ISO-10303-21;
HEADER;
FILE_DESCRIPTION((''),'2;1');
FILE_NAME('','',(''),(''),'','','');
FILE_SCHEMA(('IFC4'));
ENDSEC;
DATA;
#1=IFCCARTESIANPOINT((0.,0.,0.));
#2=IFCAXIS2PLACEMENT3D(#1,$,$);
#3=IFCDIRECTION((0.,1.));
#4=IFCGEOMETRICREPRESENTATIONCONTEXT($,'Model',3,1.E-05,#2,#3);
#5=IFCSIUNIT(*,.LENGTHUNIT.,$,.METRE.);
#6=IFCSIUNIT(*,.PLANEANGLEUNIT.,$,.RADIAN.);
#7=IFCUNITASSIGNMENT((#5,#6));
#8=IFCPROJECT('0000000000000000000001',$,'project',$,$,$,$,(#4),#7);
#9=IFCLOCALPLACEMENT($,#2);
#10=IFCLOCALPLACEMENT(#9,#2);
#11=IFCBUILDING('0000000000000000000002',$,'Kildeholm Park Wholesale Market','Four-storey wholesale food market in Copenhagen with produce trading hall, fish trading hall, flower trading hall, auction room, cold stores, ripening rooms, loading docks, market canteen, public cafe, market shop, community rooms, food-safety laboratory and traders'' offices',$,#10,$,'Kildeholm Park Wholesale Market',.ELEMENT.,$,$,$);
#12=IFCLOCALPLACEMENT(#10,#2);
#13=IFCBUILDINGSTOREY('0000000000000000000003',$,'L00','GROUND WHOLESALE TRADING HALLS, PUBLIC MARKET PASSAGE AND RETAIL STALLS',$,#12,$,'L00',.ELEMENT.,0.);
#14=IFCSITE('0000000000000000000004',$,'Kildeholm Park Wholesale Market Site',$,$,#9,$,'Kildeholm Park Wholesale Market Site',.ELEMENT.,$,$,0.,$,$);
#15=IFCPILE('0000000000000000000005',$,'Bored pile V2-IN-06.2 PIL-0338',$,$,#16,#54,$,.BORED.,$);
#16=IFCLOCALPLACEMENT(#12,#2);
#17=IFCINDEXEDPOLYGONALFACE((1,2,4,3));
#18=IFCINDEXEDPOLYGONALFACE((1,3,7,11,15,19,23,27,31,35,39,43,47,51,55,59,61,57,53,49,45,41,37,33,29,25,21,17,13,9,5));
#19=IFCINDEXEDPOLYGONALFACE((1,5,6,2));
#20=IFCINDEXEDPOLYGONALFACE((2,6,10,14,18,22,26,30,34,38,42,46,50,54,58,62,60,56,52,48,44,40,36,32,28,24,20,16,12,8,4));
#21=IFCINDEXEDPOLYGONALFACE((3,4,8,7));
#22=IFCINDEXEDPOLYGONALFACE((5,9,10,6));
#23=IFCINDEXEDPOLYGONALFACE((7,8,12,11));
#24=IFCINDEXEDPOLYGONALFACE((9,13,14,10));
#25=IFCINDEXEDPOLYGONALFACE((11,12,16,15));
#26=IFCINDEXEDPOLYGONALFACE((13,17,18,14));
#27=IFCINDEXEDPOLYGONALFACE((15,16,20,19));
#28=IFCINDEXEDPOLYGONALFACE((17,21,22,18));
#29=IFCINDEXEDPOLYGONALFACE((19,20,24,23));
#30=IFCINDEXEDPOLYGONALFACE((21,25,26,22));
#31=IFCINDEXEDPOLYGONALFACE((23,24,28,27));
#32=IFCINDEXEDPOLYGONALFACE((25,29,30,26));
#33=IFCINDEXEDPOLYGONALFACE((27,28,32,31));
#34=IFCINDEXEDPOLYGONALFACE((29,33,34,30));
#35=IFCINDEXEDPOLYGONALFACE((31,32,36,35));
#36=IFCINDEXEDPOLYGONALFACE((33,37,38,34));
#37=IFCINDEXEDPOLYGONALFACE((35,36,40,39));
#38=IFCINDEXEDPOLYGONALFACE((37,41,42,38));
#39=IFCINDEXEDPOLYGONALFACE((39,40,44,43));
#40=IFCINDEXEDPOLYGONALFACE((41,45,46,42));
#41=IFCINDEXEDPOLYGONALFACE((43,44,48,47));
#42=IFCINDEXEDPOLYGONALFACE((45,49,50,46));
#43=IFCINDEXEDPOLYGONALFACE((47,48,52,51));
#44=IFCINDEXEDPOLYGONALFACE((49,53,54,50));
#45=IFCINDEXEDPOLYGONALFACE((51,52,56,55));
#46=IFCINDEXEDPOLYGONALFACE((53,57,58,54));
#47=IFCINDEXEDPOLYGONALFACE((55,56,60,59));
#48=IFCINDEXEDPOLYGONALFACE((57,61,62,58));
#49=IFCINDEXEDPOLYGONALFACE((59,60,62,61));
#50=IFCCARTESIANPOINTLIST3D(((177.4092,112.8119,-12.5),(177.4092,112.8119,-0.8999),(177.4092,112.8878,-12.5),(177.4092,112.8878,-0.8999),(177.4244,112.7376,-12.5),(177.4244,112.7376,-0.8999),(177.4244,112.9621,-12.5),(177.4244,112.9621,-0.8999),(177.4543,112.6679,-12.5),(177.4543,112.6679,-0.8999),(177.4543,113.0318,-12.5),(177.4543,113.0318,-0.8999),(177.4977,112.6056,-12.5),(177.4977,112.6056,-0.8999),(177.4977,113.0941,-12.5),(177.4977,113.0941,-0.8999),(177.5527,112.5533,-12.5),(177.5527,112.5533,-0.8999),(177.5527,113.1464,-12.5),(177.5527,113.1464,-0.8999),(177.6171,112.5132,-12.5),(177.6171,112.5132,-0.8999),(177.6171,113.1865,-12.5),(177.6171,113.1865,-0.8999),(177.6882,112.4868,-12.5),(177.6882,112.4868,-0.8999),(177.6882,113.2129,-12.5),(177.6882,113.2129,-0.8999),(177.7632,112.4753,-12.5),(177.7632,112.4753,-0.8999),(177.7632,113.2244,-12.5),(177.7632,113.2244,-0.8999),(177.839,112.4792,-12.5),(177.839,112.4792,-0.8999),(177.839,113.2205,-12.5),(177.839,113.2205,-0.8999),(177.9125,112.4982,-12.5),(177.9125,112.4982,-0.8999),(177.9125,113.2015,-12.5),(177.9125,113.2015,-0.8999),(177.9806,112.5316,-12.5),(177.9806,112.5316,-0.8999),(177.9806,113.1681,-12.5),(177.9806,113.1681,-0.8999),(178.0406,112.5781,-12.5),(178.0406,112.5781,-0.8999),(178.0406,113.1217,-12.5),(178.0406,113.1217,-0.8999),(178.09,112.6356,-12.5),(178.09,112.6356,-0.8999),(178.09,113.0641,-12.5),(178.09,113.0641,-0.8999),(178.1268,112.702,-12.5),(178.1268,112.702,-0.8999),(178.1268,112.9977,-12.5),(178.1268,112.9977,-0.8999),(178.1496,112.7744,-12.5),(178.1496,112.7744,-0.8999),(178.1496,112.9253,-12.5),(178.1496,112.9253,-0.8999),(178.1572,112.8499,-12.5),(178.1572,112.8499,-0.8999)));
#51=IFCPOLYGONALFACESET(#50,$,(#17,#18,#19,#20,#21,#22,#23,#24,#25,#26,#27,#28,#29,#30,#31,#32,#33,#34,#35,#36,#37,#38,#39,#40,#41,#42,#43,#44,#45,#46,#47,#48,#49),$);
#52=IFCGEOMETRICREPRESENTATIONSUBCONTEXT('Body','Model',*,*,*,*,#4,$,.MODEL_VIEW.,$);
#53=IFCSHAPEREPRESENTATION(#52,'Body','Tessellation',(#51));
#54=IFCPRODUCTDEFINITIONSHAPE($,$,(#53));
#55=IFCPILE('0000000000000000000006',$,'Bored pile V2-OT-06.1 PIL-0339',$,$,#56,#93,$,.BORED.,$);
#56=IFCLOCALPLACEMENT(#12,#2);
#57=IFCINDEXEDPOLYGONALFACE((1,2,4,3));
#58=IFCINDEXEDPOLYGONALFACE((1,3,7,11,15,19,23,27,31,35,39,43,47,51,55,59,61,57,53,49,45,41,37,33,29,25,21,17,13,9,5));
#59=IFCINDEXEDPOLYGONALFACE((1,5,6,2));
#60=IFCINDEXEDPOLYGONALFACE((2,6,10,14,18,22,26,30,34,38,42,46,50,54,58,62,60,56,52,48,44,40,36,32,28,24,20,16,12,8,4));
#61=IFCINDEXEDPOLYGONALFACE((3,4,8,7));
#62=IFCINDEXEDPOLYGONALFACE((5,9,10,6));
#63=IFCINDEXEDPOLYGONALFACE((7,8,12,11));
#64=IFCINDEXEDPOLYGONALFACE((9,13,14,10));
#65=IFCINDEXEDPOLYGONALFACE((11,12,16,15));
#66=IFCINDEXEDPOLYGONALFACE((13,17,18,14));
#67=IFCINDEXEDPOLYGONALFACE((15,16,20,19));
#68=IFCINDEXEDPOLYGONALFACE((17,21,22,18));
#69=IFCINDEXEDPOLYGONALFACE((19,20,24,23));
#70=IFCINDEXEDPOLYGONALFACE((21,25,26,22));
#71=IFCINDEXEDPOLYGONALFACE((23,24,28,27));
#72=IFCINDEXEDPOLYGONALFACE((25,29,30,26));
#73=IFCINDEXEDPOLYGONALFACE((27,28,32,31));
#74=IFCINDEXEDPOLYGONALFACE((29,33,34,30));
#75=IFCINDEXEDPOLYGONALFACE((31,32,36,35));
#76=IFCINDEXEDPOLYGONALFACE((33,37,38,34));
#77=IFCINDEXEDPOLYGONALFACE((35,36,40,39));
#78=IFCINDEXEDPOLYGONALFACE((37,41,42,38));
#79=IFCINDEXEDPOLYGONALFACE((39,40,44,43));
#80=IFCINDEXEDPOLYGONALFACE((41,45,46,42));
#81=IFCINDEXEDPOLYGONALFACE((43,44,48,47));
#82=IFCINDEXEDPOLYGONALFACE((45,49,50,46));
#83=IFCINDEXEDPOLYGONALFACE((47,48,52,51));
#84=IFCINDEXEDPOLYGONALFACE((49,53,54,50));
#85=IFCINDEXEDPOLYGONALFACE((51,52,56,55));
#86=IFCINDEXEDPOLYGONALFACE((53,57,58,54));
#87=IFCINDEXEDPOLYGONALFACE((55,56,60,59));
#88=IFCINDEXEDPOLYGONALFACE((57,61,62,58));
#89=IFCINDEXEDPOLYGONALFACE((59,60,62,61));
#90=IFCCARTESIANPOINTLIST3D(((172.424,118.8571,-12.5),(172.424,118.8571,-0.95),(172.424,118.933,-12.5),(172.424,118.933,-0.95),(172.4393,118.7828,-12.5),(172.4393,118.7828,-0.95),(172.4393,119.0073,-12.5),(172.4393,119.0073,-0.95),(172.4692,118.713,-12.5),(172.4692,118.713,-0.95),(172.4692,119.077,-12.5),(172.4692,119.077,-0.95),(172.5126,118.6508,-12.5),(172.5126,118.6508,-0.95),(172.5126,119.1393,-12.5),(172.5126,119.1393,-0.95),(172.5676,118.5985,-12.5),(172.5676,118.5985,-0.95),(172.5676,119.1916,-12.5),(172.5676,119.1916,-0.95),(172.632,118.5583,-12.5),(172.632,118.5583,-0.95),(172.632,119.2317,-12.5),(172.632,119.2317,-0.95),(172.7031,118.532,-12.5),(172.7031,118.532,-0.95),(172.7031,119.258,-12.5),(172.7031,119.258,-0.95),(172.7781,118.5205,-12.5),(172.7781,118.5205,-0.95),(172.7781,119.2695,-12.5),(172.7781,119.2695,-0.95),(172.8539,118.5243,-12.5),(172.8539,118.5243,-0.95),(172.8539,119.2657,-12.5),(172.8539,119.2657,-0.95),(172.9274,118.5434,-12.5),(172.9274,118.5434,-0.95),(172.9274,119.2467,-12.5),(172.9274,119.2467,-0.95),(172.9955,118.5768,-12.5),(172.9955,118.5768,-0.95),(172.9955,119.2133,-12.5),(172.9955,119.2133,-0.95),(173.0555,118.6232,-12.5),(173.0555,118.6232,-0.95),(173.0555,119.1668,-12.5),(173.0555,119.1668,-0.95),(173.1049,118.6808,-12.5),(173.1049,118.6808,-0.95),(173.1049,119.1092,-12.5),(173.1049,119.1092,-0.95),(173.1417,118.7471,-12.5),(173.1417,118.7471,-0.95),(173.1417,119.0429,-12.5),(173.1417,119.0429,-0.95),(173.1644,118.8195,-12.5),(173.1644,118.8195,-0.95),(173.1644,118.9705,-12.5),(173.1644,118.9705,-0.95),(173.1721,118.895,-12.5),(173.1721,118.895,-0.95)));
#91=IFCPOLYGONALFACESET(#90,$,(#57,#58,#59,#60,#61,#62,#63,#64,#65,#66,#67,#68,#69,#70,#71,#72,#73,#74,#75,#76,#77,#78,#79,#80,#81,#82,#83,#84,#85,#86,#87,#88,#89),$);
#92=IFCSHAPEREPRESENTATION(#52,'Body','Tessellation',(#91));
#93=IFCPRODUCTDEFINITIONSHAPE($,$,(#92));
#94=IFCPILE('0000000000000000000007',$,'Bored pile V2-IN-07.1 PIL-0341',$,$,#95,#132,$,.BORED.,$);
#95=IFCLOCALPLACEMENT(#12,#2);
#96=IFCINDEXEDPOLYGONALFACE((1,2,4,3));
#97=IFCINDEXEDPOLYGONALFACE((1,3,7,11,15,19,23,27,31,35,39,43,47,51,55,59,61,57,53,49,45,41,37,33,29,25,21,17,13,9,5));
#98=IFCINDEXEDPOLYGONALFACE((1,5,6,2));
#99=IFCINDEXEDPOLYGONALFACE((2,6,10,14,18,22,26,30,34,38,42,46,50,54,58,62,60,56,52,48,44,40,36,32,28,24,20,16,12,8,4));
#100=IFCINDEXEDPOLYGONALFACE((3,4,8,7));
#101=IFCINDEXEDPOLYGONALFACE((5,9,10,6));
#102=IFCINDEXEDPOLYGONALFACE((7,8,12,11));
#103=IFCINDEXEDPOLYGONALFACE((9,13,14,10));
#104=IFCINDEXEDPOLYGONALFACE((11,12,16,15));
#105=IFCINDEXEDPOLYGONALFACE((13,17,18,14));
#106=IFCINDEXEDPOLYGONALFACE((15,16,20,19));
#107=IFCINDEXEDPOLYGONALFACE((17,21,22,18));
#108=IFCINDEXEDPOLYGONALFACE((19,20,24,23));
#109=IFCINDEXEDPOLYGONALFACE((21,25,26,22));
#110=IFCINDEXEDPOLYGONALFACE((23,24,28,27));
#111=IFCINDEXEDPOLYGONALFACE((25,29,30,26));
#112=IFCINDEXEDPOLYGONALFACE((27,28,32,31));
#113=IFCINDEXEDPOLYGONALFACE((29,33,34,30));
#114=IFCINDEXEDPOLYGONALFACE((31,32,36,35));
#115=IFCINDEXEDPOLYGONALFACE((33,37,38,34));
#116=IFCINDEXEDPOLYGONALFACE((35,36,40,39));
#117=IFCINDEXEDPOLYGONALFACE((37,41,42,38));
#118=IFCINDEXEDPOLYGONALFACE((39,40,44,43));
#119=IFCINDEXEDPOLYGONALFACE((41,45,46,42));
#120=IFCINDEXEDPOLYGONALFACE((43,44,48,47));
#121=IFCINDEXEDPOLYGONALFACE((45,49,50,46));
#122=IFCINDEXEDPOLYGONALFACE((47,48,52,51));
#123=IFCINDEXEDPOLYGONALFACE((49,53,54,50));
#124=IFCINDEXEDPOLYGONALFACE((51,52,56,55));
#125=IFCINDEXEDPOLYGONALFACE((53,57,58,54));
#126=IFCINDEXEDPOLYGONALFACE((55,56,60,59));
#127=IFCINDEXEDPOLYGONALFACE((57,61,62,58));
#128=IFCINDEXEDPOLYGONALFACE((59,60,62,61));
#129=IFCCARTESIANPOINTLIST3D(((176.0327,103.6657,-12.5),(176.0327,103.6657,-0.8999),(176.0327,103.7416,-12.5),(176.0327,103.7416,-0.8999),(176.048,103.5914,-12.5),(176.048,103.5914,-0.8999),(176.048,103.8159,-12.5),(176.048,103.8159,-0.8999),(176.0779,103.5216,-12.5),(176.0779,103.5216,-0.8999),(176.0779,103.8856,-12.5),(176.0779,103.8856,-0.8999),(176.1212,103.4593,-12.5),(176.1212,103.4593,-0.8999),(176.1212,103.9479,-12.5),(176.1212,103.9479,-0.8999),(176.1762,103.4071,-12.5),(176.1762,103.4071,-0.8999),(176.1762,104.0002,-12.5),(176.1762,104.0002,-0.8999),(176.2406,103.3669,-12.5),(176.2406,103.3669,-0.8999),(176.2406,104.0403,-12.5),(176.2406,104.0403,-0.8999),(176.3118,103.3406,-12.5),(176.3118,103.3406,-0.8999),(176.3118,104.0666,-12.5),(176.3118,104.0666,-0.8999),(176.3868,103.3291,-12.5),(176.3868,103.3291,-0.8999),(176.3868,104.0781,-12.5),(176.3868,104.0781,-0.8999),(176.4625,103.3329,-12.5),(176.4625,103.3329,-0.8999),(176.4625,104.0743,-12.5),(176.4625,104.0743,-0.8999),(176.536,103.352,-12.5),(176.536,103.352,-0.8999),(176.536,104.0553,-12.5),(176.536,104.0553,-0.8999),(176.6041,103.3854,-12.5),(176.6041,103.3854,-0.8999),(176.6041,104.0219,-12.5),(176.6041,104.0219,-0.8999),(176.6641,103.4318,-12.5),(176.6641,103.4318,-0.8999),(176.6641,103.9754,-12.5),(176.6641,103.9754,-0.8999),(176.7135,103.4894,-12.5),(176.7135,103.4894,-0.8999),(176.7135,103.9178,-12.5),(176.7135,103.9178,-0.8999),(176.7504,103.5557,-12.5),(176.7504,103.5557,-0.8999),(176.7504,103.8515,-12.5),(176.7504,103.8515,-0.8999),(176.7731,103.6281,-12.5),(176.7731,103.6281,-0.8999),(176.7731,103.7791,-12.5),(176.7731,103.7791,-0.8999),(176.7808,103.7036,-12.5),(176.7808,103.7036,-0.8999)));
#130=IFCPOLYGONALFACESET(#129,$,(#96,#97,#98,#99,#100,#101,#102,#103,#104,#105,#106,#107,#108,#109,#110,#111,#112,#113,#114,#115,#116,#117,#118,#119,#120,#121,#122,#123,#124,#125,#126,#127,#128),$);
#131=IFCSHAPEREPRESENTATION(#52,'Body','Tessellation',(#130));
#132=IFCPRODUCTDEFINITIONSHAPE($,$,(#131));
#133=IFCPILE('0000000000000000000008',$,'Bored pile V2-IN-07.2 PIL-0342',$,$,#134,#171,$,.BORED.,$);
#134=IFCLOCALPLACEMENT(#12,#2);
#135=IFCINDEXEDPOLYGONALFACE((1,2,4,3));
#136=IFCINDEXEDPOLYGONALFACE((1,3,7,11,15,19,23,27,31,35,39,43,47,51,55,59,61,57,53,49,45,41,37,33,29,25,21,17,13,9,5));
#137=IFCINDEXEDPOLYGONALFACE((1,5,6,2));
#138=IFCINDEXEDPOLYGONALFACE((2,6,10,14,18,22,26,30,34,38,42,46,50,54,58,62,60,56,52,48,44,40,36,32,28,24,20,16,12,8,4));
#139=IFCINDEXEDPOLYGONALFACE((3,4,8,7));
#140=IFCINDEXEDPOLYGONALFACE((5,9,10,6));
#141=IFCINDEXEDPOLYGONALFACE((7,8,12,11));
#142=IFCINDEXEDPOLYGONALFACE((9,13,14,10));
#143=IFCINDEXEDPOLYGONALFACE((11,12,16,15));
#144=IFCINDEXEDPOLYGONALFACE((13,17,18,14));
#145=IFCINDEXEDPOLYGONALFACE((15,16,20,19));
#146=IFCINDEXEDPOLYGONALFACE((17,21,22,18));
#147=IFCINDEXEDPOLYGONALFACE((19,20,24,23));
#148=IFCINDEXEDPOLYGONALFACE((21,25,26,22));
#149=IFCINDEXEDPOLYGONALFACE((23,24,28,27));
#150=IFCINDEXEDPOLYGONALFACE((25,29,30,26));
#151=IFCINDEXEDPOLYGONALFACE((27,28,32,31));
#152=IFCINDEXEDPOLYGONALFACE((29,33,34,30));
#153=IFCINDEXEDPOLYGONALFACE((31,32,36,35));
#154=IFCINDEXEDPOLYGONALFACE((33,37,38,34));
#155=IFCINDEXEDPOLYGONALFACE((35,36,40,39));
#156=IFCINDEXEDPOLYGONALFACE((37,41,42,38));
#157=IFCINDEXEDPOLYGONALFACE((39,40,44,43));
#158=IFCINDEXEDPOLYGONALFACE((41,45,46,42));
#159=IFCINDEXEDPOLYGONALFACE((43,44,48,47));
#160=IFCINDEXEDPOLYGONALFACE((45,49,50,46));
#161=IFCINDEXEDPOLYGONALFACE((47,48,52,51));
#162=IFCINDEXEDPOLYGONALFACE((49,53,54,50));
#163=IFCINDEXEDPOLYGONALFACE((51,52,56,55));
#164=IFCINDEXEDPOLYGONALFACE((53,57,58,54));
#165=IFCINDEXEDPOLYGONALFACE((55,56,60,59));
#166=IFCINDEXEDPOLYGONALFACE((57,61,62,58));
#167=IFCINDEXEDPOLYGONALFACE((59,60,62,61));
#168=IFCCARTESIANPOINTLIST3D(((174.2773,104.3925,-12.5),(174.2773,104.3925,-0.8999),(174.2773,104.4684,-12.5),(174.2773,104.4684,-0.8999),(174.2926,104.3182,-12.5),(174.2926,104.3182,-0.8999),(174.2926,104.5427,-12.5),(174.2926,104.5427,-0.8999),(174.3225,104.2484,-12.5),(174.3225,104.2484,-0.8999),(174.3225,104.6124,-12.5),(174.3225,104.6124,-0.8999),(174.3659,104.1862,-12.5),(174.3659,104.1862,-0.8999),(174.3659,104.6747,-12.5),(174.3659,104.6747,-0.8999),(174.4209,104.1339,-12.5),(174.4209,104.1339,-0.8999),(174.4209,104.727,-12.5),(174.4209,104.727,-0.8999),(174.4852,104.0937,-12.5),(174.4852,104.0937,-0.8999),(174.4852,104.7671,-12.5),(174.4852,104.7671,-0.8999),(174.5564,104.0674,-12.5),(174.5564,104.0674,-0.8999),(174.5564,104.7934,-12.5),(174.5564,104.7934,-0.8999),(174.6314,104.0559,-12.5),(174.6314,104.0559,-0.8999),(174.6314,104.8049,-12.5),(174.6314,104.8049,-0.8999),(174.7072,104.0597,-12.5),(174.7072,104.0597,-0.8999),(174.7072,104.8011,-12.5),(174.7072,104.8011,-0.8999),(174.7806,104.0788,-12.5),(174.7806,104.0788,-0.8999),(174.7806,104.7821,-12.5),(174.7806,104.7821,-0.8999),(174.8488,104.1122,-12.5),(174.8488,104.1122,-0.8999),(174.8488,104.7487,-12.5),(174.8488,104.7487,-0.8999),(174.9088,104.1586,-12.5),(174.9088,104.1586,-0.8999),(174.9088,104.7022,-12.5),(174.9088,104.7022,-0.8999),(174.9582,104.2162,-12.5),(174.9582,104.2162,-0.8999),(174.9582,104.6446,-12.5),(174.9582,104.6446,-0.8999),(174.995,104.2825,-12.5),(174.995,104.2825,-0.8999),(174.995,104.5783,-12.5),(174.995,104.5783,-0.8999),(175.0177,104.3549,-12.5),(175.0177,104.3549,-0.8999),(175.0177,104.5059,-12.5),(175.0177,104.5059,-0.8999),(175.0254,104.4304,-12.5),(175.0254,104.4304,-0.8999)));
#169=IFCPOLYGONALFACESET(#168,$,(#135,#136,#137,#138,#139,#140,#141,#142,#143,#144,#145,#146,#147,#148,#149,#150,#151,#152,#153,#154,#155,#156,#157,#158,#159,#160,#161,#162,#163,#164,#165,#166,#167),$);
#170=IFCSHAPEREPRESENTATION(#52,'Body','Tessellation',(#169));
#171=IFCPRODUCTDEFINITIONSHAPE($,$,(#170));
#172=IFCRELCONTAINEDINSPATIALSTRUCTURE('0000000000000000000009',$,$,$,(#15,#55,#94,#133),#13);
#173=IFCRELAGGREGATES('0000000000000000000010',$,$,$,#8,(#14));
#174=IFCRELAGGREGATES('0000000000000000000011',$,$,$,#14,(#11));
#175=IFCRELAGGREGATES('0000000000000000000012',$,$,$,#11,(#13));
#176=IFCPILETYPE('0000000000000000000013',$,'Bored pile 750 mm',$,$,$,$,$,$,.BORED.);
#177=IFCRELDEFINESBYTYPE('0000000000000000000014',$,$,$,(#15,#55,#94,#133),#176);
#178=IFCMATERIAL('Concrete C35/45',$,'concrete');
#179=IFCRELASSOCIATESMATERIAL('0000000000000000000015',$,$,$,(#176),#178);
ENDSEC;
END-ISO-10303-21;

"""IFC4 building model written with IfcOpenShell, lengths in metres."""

from ifc_helpers import new_model, si_unit, direction, frame, origin, origin_2d, place, context, subcontext, project, spatial, circle, extrude, material, material_profile, profile_set, type_object, element, save


model = new_model("IFC4")

# Units and contexts
model_context = context("Model", 3, precision=1e-05, world=origin(), true_north=direction((0.0, 1.0)))
body_context = subcontext(model_context, "Body", "Model", "MODEL_VIEW")
ifc_project = project(units=[si_unit("LENGTHUNIT", "METRE"), si_unit("PLANEANGLEUNIT", "RADIAN")], contexts=[model_context])

# Site, building, storey
site_placement = place(None, origin())
site = spatial("IfcSite", under=ifc_project, at=site_placement, Name="Kildeholm Park Wholesale Market Site", LongName="Kildeholm Park Wholesale Market Site", CompositionType="ELEMENT", RefElevation=0.0)
building_placement = place(site_placement, origin())
building = spatial("IfcBuilding", under=site, at=building_placement, Name="Kildeholm Park Wholesale Market", Description="Four-storey wholesale food market in Copenhagen with produce trading hall, fish trading hall, flower trading hall, auction room, cold stores, ripening rooms, loading docks, market canteen, public cafe, market shop, community rooms, food-safety laboratory and traders' offices", LongName="Kildeholm Park Wholesale Market", CompositionType="ELEMENT")
storey_placement = place(building_placement, origin())
storey = spatial("IfcBuildingStorey", under=building, at=storey_placement, Name="L00", Description="GROUND WHOLESALE TRADING HALLS, PUBLIC MARKET PASSAGE AND RETAIL STALLS", LongName="L00", CompositionType="ELEMENT", Elevation=0.0)

# Piles
ifc_material_1 = material(Name="Concrete C35/45", Category="concrete")
ifc_material_profile_1 = material_profile(ifc_material_1, circle(Radius=0.375, at=origin_2d()), Name="PILE D750")
ifc_profile_set_1 = profile_set([ifc_material_profile_1], Name="Concrete C35/45")
pile_type = type_object("IfcPileType", Name="Bored pile 750 mm", PredefinedType="BORED", material=ifc_profile_set_1)
for number, where, z_axis, x_axis, name in (
    (1, (177.7822, 112.8499, -0.8999), (0.0, 0.0, -1.0), (1.0, 0.0, 0.0), "Bored pile V2-IN-06.2 PIL-0338"),
):
    element("IfcPile", number, at=place(storey_placement, frame(where, z_axis=z_axis, x_axis=x_axis)), inside=storey, type_object=pile_type, Name=name, PredefinedType="BORED", context=body_context, shape_type="SweptSolid", body=[
        extrude(circle(Radius=0.375, at=origin_2d()), origin(), (0.0, 0.0, 1.0), 11.6001),
    ])
pile_placement = place(storey_placement, frame((172.7971, 118.895, -0.95), z_axis=(0.0, 0.0, -1.0), x_axis=(1.0, 0.0, 0.0)))
element("IfcPile", 2, at=pile_placement, inside=storey, type_object=pile_type, Name="Bored pile V2-OT-06.1 PIL-0339", PredefinedType="BORED", context=body_context, shape_type="SweptSolid", body=[
    extrude(circle(Radius=0.375, at=origin_2d()), origin(), (0.0, 0.0, 1.0), 11.55),
])
for number, where, z_axis, x_axis, name in (
    (3, (176.4058, 103.7036, -0.8999), (0.0, 0.0, -1.0), (1.0, 0.0, 0.0), "Bored pile V2-IN-07.1 PIL-0341"),
    (4, (174.6504, 104.4304, -0.8999), (0.0, 0.0, -1.0), (1.0, 0.0, 0.0), "Bored pile V2-IN-07.2 PIL-0342"),
):
    element("IfcPile", number, at=place(storey_placement, frame(where, z_axis=z_axis, x_axis=x_axis)), inside=storey, type_object=pile_type, Name=name, PredefinedType="BORED", context=body_context, shape_type="SweptSolid", body=[
        extrude(circle(Radius=0.375, at=origin_2d()), origin(), (0.0, 0.0, 1.0), 11.6001),
    ])

save(model, "model.ifc")
